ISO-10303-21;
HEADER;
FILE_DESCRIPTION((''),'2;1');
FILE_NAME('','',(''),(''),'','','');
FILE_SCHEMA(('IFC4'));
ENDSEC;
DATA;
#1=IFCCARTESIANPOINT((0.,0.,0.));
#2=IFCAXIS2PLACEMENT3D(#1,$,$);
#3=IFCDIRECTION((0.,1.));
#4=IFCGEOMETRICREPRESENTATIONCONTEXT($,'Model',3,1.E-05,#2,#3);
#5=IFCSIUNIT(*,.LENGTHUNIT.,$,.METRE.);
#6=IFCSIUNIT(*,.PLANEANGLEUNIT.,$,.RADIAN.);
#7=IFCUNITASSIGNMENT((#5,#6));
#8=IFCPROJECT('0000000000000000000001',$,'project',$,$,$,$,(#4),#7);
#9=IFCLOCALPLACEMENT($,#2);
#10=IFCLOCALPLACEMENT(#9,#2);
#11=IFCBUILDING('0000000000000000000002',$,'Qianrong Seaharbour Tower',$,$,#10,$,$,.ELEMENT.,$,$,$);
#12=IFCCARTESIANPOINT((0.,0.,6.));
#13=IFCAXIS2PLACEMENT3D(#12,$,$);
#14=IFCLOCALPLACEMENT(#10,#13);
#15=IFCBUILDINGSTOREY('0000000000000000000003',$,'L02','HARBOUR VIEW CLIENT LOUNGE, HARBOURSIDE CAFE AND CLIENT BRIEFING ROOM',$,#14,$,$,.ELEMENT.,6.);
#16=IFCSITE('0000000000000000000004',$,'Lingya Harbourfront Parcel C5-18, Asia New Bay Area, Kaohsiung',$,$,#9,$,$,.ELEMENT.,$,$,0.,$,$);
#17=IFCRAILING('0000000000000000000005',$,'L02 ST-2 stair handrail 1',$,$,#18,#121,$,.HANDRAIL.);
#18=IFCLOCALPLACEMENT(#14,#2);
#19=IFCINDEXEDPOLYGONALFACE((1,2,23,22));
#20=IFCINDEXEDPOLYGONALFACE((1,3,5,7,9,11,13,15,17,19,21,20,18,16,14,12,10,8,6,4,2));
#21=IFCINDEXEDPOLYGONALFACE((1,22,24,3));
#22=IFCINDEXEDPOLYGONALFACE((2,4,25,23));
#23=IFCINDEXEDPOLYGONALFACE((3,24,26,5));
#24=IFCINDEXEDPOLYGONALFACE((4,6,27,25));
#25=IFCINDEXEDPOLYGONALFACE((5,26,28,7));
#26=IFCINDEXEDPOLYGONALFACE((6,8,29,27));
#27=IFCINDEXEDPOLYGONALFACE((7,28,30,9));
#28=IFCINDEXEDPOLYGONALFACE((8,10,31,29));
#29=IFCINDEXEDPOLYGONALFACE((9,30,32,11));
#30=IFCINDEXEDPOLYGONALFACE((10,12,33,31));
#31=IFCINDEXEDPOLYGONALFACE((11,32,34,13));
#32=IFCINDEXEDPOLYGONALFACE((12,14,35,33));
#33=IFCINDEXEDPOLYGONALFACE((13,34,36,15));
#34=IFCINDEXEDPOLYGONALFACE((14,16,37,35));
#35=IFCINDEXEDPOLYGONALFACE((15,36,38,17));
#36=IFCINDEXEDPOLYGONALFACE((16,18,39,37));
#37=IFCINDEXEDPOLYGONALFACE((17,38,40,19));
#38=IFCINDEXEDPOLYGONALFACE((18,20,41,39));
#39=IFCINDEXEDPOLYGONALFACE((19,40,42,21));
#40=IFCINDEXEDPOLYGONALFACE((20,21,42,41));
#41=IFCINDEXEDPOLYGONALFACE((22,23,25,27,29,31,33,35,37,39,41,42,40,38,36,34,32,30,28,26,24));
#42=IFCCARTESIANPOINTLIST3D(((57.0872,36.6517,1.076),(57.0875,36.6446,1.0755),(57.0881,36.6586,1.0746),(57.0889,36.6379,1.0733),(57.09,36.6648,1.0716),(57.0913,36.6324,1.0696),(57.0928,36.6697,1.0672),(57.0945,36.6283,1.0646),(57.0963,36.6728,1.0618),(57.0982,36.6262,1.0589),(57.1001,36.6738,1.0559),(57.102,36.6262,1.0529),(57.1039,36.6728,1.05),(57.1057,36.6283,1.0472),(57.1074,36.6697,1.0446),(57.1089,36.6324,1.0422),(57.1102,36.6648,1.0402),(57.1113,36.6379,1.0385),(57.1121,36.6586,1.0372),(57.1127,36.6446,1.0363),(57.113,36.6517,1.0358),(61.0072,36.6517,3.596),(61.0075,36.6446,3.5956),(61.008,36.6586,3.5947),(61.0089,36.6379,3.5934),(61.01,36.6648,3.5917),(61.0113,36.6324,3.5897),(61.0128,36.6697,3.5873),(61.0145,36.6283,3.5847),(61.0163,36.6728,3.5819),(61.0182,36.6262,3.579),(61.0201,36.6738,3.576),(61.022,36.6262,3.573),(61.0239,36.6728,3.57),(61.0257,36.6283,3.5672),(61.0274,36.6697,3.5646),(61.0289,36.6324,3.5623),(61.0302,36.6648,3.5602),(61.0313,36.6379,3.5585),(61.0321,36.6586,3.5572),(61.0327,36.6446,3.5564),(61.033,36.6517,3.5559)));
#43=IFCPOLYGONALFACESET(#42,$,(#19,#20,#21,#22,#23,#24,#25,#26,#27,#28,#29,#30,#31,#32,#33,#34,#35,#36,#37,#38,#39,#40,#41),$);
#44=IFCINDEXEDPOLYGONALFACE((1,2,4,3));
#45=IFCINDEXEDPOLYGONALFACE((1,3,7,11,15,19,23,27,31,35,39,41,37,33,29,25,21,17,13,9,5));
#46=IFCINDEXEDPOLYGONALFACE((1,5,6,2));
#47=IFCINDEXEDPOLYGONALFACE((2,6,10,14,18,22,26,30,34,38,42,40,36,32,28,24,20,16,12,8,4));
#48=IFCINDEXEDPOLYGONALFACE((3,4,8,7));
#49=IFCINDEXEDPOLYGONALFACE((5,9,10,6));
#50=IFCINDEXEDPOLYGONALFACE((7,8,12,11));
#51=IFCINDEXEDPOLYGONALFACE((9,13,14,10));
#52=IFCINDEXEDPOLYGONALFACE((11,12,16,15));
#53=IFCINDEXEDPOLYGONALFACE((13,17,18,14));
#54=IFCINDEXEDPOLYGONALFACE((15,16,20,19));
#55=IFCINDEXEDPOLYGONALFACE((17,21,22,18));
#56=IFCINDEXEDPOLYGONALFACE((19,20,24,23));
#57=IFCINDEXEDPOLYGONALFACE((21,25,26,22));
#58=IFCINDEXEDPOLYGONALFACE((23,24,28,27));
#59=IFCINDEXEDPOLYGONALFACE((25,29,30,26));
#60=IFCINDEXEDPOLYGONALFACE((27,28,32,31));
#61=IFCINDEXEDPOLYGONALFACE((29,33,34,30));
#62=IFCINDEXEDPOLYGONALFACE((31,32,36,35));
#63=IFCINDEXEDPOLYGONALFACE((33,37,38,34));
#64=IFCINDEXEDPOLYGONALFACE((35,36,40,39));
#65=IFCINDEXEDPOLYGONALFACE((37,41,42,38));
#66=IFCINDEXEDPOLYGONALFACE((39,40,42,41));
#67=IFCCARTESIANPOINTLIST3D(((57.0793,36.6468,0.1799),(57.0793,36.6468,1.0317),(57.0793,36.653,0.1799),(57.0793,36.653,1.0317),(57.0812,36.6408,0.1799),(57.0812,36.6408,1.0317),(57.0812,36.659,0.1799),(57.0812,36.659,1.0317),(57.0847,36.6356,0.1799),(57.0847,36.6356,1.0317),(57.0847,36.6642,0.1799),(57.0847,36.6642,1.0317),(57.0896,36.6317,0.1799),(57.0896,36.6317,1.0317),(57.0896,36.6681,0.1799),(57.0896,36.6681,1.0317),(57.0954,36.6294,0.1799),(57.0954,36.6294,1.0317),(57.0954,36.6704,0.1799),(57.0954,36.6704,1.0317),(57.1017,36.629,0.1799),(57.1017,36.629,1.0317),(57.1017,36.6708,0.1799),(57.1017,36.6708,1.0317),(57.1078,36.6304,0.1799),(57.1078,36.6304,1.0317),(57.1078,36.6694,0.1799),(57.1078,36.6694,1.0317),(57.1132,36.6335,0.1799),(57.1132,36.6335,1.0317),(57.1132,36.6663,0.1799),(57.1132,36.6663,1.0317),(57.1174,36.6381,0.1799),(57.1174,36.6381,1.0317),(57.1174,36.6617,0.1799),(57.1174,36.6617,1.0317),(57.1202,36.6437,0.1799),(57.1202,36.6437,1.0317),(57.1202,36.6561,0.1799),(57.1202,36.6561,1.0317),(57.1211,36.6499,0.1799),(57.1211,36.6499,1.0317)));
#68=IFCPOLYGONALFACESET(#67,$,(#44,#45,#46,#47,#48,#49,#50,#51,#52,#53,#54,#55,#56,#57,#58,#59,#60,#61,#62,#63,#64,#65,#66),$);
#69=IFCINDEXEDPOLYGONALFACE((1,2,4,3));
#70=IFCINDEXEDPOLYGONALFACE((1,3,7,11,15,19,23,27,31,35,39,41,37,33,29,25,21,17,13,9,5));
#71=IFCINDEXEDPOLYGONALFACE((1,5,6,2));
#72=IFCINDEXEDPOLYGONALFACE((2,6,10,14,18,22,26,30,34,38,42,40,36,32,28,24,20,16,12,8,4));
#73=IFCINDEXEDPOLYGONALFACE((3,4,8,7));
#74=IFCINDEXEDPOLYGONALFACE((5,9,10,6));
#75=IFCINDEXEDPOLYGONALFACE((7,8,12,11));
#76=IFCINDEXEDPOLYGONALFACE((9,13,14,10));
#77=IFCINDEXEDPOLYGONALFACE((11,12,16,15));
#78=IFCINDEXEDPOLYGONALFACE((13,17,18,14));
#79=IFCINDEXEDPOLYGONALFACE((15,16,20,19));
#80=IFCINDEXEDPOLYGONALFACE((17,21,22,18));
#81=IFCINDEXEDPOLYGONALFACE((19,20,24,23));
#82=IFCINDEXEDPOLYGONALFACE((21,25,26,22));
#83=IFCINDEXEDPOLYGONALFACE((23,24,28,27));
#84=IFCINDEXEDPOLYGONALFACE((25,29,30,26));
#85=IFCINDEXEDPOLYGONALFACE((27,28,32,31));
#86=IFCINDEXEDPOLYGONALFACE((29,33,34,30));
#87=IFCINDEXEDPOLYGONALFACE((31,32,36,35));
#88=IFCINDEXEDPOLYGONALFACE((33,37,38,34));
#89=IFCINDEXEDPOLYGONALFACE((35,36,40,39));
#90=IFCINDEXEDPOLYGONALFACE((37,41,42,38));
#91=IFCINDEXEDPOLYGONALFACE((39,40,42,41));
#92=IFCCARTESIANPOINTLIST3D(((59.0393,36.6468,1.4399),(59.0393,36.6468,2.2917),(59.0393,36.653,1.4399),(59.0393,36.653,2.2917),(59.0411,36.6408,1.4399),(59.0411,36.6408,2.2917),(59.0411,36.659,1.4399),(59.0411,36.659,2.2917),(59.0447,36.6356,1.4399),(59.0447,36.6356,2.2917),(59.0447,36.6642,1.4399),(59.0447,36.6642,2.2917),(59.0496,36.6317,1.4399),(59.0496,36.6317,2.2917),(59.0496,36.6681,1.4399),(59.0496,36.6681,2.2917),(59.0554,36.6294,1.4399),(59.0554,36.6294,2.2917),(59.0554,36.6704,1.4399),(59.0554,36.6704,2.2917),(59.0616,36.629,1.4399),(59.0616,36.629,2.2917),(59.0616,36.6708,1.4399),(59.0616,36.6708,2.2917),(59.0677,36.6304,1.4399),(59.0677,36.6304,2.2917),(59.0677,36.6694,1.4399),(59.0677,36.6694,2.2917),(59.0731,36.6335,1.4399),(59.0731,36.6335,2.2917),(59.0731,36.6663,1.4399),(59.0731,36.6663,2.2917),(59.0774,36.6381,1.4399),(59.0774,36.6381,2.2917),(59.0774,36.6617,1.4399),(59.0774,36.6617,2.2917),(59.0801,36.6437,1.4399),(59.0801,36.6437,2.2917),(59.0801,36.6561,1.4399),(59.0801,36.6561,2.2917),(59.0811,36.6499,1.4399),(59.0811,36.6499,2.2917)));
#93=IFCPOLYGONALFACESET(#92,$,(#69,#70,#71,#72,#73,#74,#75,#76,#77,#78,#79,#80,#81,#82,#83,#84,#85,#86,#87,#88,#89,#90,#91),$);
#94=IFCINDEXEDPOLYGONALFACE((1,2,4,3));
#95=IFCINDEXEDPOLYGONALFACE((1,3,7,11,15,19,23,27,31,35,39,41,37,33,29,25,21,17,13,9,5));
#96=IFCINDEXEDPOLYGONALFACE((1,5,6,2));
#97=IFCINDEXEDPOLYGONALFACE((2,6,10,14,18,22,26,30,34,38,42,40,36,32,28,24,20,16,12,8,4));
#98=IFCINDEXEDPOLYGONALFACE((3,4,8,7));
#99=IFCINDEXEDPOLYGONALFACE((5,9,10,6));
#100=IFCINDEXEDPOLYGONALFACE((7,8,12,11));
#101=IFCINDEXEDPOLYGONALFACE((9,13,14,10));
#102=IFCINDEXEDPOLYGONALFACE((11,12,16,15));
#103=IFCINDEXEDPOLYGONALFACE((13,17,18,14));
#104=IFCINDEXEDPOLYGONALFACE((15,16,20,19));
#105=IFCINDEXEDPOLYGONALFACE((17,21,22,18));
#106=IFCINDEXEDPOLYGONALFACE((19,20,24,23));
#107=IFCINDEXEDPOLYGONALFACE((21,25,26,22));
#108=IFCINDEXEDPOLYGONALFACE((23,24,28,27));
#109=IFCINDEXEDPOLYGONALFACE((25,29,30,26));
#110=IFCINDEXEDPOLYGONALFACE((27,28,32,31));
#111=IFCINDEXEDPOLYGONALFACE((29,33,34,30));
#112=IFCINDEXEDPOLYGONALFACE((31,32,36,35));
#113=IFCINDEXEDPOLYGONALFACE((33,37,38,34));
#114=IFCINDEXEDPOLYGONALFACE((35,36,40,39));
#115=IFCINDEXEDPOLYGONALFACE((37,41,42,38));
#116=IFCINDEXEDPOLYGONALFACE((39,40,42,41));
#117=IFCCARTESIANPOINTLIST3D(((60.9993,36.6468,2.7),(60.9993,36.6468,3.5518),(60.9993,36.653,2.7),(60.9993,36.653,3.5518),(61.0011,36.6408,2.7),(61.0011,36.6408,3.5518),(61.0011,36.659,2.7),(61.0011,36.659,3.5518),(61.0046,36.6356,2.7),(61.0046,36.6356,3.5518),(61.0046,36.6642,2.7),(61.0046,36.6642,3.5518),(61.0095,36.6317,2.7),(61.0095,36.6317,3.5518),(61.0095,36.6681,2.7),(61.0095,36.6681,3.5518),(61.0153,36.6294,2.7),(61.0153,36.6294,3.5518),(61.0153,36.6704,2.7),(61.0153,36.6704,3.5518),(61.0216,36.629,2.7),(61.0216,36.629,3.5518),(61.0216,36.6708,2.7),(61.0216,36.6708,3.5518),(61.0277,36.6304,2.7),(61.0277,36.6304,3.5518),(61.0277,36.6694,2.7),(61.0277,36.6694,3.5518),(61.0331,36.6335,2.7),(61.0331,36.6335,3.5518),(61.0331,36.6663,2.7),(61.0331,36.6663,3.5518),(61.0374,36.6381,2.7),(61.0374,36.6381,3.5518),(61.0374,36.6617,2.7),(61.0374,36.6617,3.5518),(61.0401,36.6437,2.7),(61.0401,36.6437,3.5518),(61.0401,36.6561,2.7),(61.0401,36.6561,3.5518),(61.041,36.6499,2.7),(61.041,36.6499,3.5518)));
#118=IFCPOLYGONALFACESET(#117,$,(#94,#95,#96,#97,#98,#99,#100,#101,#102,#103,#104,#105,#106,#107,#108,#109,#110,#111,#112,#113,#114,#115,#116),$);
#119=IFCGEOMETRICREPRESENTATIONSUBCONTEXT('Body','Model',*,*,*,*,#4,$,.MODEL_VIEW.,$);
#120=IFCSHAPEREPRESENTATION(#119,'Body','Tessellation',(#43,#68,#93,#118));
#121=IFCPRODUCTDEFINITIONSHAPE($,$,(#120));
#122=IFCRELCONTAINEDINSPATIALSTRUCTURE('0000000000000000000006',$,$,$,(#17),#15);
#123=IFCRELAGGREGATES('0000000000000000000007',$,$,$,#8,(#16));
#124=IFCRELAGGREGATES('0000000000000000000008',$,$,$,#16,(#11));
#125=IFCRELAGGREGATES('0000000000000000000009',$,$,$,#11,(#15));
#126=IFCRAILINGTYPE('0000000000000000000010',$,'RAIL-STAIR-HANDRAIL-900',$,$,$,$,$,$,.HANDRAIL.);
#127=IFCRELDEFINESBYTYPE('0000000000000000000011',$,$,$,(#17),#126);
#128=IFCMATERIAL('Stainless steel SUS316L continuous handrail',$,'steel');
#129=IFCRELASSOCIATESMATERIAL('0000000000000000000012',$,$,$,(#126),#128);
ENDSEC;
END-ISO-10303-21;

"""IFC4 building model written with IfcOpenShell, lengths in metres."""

from ifc_helpers import new_model, si_unit, direction, frame, origin, origin_2d, place, context, subcontext, project, spatial, circle, extrude, material, type_object, element, save


model = new_model("IFC4")

# Units and contexts
model_context = context("Model", 3, precision=1e-05, world=origin(), true_north=direction((0.0, 1.0)))
body_context = subcontext(model_context, "Body", "Model", "MODEL_VIEW")
ifc_project = project(units=[si_unit("LENGTHUNIT", "METRE"), si_unit("PLANEANGLEUNIT", "RADIAN")], contexts=[model_context])

# Site, building, storey
site_placement = place(None, origin())
site = spatial("IfcSite", under=ifc_project, at=site_placement, Name="Lingya Harbourfront Parcel C5-18, Asia New Bay Area, Kaohsiung", CompositionType="ELEMENT", RefElevation=0.0)
building_placement = place(site_placement, origin())
building = spatial("IfcBuilding", under=site, at=building_placement, Name="Qianrong Seaharbour Tower", CompositionType="ELEMENT")
storey_placement = place(building_placement, frame((0.0, 0.0, 6.0)))
storey = spatial("IfcBuildingStorey", under=building, at=storey_placement, Name="L02", Description="HARBOUR VIEW CLIENT LOUNGE, HARBOURSIDE CAFE AND CLIENT BRIEFING ROOM", CompositionType="ELEMENT", Elevation=6.0)

# Railing
ifc_material_1 = material(Name="Stainless steel SUS316L continuous handrail", Category="steel")
railing_type_1 = type_object("IfcRailingType", Name="RAIL-STAIR-HANDRAIL-900", PredefinedType="HANDRAIL", material=ifc_material_1)
railing_1_placement = place(storey_placement, frame((57.1001, 36.6499, 0.1799)))
element("IfcRailing", 1, at=railing_1_placement, inside=storey, type_object=railing_type_1, Name="L02 ST-2 stair handrail 1", PredefinedType="HANDRAIL", context=body_context, shape_type="SweptSolid", body=[
    extrude(circle(Radius=0.0239, at=origin_2d()), frame((0.0, 0.0, 0.876), z_axis=(0.841172, 0.0, 0.540768), x_axis=(0.0, 1.0, 0.0)), (0.0, 0.0, 1.0), 4.6602),
    extrude(circle(Radius=0.021, at=origin_2d()), origin(), (0.0, 0.0, 1.0), 0.8518),
    extrude(circle(Radius=0.021, at=origin_2d()), frame((1.96, 0.0, 1.26)), (0.0, 0.0, 1.0), 0.8518),
    extrude(circle(Radius=0.021, at=origin_2d()), frame((3.9199, 0.0, 2.52)), (0.0, 0.0, 1.0), 0.8518),
])

save(model, "model.ifc")
